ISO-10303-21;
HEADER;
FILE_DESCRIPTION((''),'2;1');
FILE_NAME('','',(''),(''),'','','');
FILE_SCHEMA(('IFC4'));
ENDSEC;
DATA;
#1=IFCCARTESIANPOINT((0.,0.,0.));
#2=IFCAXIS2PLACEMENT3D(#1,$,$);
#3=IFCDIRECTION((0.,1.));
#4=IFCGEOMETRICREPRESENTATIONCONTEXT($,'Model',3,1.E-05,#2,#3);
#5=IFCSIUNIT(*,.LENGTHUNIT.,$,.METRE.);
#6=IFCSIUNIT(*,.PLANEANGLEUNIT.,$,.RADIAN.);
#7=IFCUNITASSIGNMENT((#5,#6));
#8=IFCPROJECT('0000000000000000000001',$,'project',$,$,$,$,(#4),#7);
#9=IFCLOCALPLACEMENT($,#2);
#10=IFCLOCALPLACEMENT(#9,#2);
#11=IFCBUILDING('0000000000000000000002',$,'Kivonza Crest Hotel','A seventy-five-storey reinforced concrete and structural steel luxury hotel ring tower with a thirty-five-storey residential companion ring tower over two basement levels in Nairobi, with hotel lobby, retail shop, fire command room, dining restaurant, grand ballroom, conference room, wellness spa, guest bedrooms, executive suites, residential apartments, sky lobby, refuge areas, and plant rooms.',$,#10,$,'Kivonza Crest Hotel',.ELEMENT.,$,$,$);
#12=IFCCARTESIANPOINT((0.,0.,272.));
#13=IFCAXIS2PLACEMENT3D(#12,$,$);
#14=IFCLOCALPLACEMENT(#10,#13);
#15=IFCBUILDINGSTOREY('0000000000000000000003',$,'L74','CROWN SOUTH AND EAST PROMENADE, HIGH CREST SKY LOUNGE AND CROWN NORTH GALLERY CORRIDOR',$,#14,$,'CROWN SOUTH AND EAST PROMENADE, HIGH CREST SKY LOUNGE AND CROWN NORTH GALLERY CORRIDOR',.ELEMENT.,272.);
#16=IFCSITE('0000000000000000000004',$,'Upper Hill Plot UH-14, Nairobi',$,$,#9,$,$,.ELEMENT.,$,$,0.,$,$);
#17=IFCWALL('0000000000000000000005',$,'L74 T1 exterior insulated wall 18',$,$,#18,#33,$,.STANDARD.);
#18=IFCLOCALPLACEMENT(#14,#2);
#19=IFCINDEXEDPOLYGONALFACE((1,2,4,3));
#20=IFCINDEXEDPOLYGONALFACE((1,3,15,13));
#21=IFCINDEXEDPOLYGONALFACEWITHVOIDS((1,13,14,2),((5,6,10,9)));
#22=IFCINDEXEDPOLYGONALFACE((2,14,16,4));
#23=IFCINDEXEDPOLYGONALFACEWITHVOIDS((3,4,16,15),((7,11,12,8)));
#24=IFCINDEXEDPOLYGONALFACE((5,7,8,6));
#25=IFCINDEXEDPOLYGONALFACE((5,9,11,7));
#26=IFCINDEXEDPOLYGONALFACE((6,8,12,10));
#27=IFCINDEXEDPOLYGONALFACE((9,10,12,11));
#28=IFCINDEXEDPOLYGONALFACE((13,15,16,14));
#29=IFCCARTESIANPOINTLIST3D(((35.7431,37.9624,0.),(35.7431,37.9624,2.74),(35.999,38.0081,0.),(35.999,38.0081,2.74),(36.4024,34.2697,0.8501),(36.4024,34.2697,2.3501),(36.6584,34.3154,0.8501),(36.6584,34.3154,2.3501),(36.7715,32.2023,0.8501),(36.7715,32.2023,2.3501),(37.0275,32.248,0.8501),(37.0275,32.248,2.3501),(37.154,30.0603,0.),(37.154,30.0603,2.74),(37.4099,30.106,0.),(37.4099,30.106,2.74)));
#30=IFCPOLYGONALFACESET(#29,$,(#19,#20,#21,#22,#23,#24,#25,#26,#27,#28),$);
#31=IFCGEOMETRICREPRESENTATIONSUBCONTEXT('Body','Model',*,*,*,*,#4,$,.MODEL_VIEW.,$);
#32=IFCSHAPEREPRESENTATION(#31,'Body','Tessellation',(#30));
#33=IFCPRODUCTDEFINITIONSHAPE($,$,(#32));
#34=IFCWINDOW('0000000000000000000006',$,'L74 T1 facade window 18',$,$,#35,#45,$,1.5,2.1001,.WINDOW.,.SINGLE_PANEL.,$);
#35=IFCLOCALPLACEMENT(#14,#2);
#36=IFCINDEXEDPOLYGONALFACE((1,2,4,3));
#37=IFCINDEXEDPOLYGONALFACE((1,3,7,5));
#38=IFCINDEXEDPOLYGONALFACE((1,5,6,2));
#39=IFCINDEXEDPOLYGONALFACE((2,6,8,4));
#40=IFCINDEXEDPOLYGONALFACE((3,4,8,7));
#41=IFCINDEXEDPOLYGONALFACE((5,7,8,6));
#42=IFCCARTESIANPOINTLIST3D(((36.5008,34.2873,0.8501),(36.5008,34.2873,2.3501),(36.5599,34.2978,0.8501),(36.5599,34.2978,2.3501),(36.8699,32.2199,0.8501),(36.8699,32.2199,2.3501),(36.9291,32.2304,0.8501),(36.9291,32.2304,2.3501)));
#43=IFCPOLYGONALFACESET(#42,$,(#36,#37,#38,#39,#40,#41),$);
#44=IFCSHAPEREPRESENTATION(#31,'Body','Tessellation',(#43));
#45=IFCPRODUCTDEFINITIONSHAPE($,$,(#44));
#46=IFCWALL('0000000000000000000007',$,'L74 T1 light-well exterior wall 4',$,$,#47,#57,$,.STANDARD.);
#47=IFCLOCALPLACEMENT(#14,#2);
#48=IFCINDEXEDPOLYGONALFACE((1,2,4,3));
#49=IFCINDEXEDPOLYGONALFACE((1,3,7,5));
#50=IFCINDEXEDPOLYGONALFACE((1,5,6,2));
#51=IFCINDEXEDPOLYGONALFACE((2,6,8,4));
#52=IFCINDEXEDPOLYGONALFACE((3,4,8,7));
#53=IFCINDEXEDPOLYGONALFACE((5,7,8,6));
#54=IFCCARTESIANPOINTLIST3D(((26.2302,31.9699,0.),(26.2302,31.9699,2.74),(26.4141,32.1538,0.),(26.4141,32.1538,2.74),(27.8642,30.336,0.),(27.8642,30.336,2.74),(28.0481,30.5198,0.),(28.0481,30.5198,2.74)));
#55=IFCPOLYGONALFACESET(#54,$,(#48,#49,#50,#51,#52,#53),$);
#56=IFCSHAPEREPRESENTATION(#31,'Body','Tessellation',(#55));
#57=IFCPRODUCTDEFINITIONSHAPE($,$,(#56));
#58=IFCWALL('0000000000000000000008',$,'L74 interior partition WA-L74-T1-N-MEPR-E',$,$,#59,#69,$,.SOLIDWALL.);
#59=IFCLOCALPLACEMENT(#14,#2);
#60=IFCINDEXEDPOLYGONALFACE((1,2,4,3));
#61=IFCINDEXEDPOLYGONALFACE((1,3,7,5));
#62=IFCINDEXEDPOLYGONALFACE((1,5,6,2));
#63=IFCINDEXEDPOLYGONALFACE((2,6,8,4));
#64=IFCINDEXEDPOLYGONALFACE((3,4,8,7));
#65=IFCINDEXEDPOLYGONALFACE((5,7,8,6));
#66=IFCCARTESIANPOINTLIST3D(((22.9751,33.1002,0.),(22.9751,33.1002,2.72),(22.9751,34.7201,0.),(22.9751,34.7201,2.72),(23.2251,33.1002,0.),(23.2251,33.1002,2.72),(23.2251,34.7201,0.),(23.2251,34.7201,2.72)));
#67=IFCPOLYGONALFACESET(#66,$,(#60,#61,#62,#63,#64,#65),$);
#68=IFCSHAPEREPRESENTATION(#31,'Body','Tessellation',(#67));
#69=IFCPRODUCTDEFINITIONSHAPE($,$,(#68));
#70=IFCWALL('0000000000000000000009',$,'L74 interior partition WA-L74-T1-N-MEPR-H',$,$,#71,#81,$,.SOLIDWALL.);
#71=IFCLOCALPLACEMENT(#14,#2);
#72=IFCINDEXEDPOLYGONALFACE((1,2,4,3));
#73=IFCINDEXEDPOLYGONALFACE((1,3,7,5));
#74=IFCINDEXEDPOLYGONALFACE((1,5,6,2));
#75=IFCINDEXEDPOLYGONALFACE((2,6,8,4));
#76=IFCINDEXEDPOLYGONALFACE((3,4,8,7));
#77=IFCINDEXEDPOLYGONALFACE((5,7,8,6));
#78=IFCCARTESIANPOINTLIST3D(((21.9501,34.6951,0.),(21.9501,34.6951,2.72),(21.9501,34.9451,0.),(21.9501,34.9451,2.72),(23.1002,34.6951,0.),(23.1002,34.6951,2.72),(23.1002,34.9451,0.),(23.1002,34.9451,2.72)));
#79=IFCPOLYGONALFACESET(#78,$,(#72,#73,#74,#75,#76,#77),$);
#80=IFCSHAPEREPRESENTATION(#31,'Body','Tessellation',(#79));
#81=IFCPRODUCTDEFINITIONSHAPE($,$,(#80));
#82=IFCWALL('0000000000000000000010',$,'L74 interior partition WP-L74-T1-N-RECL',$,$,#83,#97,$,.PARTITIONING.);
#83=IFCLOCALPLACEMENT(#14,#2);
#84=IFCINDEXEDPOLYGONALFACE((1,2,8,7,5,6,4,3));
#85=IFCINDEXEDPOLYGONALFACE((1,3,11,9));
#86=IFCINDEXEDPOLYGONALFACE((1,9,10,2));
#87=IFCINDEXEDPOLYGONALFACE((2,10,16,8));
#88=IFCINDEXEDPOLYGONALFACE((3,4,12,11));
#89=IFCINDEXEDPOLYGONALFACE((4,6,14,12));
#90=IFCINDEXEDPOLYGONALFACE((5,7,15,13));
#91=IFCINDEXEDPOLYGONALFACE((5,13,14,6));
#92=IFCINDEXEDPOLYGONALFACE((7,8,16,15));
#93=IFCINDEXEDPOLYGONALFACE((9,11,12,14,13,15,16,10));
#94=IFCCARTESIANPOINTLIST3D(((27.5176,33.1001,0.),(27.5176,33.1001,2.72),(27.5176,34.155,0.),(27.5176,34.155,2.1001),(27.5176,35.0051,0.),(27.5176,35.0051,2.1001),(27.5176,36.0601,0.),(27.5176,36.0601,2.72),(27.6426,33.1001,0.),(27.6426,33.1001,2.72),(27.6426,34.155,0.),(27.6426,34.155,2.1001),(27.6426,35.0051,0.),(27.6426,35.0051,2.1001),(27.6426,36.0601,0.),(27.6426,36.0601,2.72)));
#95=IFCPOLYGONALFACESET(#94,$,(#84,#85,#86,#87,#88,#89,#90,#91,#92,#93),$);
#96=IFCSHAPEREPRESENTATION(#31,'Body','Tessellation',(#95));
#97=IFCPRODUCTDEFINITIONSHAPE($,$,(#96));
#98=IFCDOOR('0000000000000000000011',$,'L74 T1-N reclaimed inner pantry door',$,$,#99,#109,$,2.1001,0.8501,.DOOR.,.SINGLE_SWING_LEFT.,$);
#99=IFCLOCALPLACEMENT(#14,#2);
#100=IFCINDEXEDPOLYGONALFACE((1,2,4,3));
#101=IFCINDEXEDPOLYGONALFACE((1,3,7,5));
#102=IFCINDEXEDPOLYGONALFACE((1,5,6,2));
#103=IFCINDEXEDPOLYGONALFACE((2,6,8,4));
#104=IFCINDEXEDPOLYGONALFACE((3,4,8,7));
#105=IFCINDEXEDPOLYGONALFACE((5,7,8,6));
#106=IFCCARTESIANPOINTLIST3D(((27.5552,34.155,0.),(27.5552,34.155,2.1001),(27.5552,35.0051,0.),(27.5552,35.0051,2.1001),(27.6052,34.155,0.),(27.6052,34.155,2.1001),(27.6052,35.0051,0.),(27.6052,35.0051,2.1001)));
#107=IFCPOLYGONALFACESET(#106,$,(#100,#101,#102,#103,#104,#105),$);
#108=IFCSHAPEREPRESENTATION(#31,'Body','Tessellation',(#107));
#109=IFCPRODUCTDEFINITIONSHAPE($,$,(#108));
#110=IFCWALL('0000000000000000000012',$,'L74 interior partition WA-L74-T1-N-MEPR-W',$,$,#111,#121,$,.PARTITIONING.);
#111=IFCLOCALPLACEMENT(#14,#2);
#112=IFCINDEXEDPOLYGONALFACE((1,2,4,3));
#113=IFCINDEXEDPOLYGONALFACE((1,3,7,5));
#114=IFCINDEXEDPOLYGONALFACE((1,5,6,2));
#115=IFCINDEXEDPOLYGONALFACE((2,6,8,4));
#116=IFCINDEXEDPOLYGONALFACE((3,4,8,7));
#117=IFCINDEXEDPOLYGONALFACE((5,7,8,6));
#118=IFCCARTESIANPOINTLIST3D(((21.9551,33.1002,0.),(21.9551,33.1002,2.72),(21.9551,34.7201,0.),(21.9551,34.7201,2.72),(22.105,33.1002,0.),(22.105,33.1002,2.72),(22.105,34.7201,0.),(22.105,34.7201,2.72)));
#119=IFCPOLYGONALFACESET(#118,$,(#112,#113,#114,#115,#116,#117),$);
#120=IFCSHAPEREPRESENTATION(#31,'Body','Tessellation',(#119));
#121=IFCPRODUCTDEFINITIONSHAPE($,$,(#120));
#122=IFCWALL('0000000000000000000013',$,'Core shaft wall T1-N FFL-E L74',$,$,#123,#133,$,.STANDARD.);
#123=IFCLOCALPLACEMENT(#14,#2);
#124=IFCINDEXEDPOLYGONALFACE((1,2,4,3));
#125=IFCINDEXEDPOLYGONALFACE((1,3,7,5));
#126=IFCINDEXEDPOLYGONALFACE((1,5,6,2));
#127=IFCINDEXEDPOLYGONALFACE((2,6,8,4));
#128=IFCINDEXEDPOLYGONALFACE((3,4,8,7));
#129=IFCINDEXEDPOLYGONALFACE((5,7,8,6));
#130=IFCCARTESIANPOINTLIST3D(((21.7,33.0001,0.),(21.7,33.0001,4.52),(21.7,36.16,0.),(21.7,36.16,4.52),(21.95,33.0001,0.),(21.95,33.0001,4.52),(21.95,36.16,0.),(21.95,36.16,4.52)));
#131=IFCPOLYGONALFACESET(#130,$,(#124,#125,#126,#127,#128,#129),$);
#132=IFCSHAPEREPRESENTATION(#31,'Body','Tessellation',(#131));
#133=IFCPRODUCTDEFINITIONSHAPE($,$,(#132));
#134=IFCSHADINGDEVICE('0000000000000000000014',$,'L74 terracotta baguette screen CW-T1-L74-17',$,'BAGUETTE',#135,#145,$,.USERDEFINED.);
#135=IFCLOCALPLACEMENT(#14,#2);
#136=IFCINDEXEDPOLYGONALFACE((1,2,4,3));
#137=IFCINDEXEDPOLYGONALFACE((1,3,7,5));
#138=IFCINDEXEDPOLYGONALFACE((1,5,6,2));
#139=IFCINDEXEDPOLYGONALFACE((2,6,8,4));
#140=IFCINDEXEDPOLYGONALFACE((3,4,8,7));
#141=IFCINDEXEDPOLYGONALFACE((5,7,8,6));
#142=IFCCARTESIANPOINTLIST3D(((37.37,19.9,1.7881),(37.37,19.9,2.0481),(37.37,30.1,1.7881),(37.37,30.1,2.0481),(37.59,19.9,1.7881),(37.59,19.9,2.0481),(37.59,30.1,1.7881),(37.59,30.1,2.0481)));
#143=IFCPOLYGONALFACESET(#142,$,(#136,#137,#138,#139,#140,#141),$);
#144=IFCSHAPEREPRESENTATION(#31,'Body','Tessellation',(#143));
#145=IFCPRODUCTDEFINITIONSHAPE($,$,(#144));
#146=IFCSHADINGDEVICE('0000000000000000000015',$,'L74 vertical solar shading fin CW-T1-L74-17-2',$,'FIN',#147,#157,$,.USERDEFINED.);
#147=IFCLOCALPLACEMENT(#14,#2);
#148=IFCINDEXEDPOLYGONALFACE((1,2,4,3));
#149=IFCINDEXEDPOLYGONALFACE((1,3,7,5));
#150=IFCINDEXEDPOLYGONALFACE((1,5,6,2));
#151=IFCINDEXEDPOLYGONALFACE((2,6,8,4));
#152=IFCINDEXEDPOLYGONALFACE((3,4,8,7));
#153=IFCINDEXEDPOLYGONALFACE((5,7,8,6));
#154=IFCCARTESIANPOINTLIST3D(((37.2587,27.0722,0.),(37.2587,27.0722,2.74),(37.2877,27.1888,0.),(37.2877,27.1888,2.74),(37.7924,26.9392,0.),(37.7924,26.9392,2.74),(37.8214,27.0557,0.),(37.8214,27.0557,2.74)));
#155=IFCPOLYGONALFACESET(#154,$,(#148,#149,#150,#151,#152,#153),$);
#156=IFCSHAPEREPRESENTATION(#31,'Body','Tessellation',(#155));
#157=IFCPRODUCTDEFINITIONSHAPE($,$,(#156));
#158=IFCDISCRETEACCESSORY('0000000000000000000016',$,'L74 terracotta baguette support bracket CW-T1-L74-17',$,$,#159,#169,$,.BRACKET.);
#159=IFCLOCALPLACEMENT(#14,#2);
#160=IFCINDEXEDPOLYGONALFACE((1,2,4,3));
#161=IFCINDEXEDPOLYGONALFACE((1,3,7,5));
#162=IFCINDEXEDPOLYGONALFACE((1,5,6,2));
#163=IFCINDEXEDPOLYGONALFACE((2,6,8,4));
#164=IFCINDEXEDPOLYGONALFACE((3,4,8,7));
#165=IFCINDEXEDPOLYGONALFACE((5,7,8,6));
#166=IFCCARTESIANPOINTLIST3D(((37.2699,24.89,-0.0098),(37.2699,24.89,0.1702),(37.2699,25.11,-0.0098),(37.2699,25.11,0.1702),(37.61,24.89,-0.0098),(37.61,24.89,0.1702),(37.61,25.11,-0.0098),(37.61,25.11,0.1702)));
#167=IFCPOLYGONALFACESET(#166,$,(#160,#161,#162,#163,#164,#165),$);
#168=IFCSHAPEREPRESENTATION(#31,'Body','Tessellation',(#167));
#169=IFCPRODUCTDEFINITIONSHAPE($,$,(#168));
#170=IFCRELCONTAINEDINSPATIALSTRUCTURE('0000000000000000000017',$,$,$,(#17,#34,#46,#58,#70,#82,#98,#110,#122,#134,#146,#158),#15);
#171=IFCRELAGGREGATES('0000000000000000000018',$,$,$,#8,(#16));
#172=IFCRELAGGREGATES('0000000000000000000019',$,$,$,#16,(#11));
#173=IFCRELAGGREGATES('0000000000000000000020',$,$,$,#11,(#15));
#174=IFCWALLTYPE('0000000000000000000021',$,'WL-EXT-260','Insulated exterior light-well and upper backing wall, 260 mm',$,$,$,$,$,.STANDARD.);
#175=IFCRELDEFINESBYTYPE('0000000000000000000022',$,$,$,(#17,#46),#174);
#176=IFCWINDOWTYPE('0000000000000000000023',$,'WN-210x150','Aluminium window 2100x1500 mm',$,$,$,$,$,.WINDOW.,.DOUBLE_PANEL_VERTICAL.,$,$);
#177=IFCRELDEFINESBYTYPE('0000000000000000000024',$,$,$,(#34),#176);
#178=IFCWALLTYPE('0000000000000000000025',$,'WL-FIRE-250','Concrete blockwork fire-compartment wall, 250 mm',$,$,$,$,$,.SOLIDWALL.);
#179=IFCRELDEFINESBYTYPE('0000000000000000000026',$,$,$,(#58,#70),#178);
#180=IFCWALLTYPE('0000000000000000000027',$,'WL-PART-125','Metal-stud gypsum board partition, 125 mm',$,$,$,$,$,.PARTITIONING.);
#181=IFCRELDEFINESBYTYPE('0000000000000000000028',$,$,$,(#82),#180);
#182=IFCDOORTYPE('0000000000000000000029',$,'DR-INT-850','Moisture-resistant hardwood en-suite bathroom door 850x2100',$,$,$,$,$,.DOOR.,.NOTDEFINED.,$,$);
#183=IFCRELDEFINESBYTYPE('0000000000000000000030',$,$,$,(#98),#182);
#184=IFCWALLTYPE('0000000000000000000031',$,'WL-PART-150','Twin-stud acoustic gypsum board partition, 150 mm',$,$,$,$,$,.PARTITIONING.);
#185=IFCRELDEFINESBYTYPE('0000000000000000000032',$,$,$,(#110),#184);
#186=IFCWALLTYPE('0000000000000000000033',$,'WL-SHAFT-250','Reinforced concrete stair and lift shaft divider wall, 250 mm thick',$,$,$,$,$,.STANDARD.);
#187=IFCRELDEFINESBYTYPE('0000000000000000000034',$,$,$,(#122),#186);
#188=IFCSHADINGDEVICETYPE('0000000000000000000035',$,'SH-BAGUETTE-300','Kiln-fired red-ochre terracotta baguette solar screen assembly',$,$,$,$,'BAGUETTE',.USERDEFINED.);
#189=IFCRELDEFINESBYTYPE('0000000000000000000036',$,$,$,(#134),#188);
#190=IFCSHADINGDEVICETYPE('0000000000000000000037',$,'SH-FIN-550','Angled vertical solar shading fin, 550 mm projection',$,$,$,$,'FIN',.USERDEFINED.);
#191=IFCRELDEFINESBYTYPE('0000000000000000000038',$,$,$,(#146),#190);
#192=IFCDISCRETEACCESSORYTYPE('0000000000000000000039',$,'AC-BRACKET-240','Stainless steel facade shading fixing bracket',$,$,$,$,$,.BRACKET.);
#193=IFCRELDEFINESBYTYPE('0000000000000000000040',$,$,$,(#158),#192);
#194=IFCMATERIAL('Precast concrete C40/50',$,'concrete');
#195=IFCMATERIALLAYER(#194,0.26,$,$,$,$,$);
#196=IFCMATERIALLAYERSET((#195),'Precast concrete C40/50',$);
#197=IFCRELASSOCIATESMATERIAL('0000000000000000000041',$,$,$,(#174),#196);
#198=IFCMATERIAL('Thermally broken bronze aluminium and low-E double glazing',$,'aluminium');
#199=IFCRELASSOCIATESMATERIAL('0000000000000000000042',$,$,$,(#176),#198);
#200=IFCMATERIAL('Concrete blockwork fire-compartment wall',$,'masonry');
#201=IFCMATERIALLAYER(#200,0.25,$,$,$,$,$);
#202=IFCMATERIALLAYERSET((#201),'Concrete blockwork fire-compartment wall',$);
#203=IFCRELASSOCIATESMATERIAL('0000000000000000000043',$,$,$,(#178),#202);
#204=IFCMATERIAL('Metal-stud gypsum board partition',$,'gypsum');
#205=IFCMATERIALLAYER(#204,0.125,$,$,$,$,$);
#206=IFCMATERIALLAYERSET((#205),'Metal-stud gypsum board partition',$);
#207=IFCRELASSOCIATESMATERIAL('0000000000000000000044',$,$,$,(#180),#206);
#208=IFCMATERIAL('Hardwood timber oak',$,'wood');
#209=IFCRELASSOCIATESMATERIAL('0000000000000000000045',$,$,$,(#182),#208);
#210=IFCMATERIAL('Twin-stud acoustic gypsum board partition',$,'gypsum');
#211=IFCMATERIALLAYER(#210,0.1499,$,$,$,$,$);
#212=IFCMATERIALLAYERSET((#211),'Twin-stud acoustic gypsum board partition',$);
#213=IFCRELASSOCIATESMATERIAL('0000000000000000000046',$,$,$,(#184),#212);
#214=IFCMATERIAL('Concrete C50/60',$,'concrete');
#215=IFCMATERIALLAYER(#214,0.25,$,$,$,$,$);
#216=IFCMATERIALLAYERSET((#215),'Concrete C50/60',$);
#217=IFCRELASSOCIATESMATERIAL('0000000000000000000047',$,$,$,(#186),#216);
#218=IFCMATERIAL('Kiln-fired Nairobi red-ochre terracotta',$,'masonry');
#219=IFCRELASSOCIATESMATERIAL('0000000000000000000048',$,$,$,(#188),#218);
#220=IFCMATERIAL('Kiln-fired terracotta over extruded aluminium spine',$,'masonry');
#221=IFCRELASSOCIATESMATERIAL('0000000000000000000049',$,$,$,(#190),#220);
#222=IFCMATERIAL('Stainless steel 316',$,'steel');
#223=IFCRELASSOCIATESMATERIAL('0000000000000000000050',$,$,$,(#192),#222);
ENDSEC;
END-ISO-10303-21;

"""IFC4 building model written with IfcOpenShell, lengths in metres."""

from ifc_helpers import new_model, si_unit, direction, frame, frame_2d, origin, origin_2d, place, context, subcontext, project, spatial, rectangle, extrude, material, layer, layer_set, type_object, element, fill, save


model = new_model("IFC4")

# Units and contexts
model_context = context("Model", 3, precision=1e-05, world=origin(), true_north=direction((0.0, 1.0)))
body_context = subcontext(model_context, "Body", "Model", "MODEL_VIEW")
ifc_project = project(units=[si_unit("LENGTHUNIT", "METRE"), si_unit("PLANEANGLEUNIT", "RADIAN")], contexts=[model_context])

# Site, building, storey
site_placement = place(None, origin())
site = spatial("IfcSite", under=ifc_project, at=site_placement, Name="Upper Hill Plot UH-14, Nairobi", CompositionType="ELEMENT", RefElevation=0.0)
building_placement = place(site_placement, origin())
building = spatial("IfcBuilding", under=site, at=building_placement, Name="Kivonza Crest Hotel", Description="A seventy-five-storey reinforced concrete and structural steel luxury hotel ring tower with a thirty-five-storey residential companion ring tower over two basement levels in Nairobi, with hotel lobby, retail shop, fire command room, dining restaurant, grand ballroom, conference room, wellness spa, guest bedrooms, executive suites, residential apartments, sky lobby, refuge areas, and plant rooms.", LongName="Kivonza Crest Hotel", CompositionType="ELEMENT")
storey_placement = place(building_placement, frame((0.0, 0.0, 272.0)))
storey = spatial("IfcBuildingStorey", under=building, at=storey_placement, Name="L74", Description="CROWN SOUTH AND EAST PROMENADE, HIGH CREST SKY LOUNGE AND CROWN NORTH GALLERY CORRIDOR", LongName="CROWN SOUTH AND EAST PROMENADE, HIGH CREST SKY LOUNGE AND CROWN NORTH GALLERY CORRIDOR", CompositionType="ELEMENT", Elevation=272.0)

# Shared definitions
ifc_material_1 = material(Name="Concrete C50/60", Category="concrete")

# Wall, opening, window
ifc_material_2 = material(Name="Precast concrete C40/50", Category="concrete")
ifc_layer_1 = layer(ifc_material_2, 0.26)
ifc_layer_set_1 = layer_set([ifc_layer_1], Name="Precast concrete C40/50")
wall_type_1 = type_object("IfcWallType", Name="WL-EXT-260", Description="Insulated exterior light-well and upper backing wall, 260 mm", PredefinedType="STANDARD", material=ifc_layer_set_1)
wall_1_placement = place(storey_placement, frame((37.282, 30.083, 0.0), z_axis=(0.0, 0.0, 1.0), x_axis=(-0.175766, 0.984432, 0.0)))
wall_1 = element("IfcWall", 1, at=wall_1_placement, inside=storey, type_object=wall_type_1, Name="L74 T1 exterior insulated wall 18", PredefinedType="STANDARD", context=body_context, shape_type="SweptSolid", body=[
    extrude(rectangle(XDim=8.0271, YDim=0.26, at=frame_2d((4.0137, 0.0))), origin(), (0.0, 0.0, 1.0), 2.74),
])
opening_1_placement = place(wall_1_placement, frame((2.176, 0.0, 0.8501)))
opening_1 = element("IfcOpeningElement", 2, at=opening_1_placement, cuts=wall_1, PredefinedType="OPENING", context=body_context, shape_type="SweptSolid", body=[
    extrude(rectangle(XDim=2.1001, YDim=1.5, at=frame_2d((1.05, 0.75))), frame((0.0, 0.1401, 0.0), z_axis=(0.0, -1.0, 0.0), x_axis=(1.0, 0.0, 0.0)), (0.0, 0.0, 1.0), 0.28),
])
ifc_material_3 = material(Name="Thermally broken bronze aluminium and low-E double glazing", Category="aluminium")
window_type = type_object("IfcWindowType", Name="WN-210x150", Description="Aluminium window 2100x1500 mm", PartitioningType="DOUBLE_PANEL_VERTICAL", PredefinedType="WINDOW", material=ifc_material_3)
window_placement = place(opening_1_placement, origin())
window = element("IfcWindow", 3, at=window_placement, inside=storey, type_object=window_type, Name="L74 T1 facade window 18", OverallHeight=1.5, OverallWidth=2.1001, PartitioningType="SINGLE_PANEL", PredefinedType="WINDOW", context=body_context, shape_type="SweptSolid", body=[
    extrude(rectangle(XDim=2.1001, YDim=1.5, at=frame_2d((1.05, 0.75))), frame((0.0, 0.03, 0.0), z_axis=(0.0, -1.0, 0.0), x_axis=(1.0, 0.0, 0.0)), (0.0, 0.0, 1.0), 0.0601),
])
fill(opening_1, window)

# Walls
wall_2_placement = place(storey_placement, frame((27.9561, 30.428, 0.0), z_axis=(0.0, 0.0, 1.0), x_axis=(-0.707107, 0.707107, 0.0)))
element("IfcWall", 4, at=wall_2_placement, inside=storey, type_object=wall_type_1, Name="L74 T1 light-well exterior wall 4", PredefinedType="STANDARD", context=body_context, shape_type="SweptSolid", body=[
    extrude(rectangle(XDim=2.3108, YDim=0.26, at=frame_2d((1.1553, 0.0))), origin(), (0.0, 0.0, 1.0), 2.74),
])
ifc_material_4 = material(Name="Concrete blockwork fire-compartment wall", Category="masonry")
ifc_layer_2 = layer(ifc_material_4, 0.25)
ifc_layer_set_2 = layer_set([ifc_layer_2], Name="Concrete blockwork fire-compartment wall")
wall_type_2 = type_object("IfcWallType", Name="WL-FIRE-250", Description="Concrete blockwork fire-compartment wall, 250 mm", PredefinedType="SOLIDWALL", material=ifc_layer_set_2)
wall_3_placement = place(storey_placement, frame((23.1001, 33.1001, 0.0), z_axis=(0.0, 0.0, 1.0), x_axis=(0.0, 1.0, 0.0)))
element("IfcWall", 5, at=wall_3_placement, inside=storey, type_object=wall_type_2, Name="L74 interior partition WA-L74-T1-N-MEPR-E", PredefinedType="SOLIDWALL", context=body_context, shape_type="SweptSolid", body=[
    extrude(rectangle(XDim=1.6199, YDim=0.25, at=frame_2d((0.8101, 0.0))), origin(), (0.0, 0.0, 1.0), 2.72),
])
wall_4_placement = place(storey_placement, frame((21.95, 34.8201, 0.0), z_axis=(0.0, 0.0, 1.0), x_axis=(1.0, 0.0, 0.0)))
element("IfcWall", 6, at=wall_4_placement, inside=storey, type_object=wall_type_2, Name="L74 interior partition WA-L74-T1-N-MEPR-H", PredefinedType="SOLIDWALL", context=body_context, shape_type="SweptSolid", body=[
    extrude(rectangle(XDim=1.1501, YDim=0.25, at=frame_2d((0.5752, 0.0))), origin(), (0.0, 0.0, 1.0), 2.72),
])

# Wall, opening, door
ifc_material_5 = material(Name="Metal-stud gypsum board partition", Category="gypsum")
ifc_layer_3 = layer(ifc_material_5, 0.125)
ifc_layer_set_3 = layer_set([ifc_layer_3], Name="Metal-stud gypsum board partition")
wall_type_3 = type_object("IfcWallType", Name="WL-PART-125", Description="Metal-stud gypsum board partition, 125 mm", PredefinedType="PARTITIONING", material=ifc_layer_set_3)
wall_5_placement = place(storey_placement, frame((27.5801, 33.1001, 0.0), z_axis=(0.0, 0.0, 1.0), x_axis=(0.0, 1.0, 0.0)))
wall_5 = element("IfcWall", 7, at=wall_5_placement, inside=storey, type_object=wall_type_3, Name="L74 interior partition WP-L74-T1-N-RECL", PredefinedType="PARTITIONING", context=body_context, shape_type="SweptSolid", body=[
    extrude(rectangle(XDim=2.96, YDim=0.125, at=frame_2d((1.48, 0.0))), origin(), (0.0, 0.0, 1.0), 2.72),
])
opening_2_placement = place(wall_5_placement, frame((1.0549, 0.0, 0.0)))
opening_2 = element("IfcOpeningElement", 8, at=opening_2_placement, cuts=wall_5, PredefinedType="OPENING", context=body_context, shape_type="SweptSolid", body=[
    extrude(rectangle(XDim=0.8501, YDim=2.1001, at=frame_2d((0.425, 1.05))), frame((0.0, 0.0725, 0.0), z_axis=(0.0, -1.0, 0.0), x_axis=(1.0, 0.0, 0.0)), (0.0, 0.0, 1.0), 0.145),
])
ifc_material_6 = material(Name="Hardwood timber oak", Category="wood")
door_type = type_object("IfcDoorType", Name="DR-INT-850", Description="Moisture-resistant hardwood en-suite bathroom door 850x2100", OperationType="NOTDEFINED", PredefinedType="DOOR", material=ifc_material_6)
door_placement = place(opening_2_placement, origin())
door = element("IfcDoor", 9, at=door_placement, inside=storey, type_object=door_type, Name="L74 T1-N reclaimed inner pantry door", OperationType="SINGLE_SWING_LEFT", OverallHeight=2.1001, OverallWidth=0.8501, PredefinedType="DOOR", context=body_context, shape_type="SweptSolid", body=[
    extrude(rectangle(XDim=0.8501, YDim=2.1001, at=frame_2d((0.425, 1.05))), frame((0.0, 0.0249, 0.0), z_axis=(0.0, -1.0, 0.0), x_axis=(1.0, 0.0, 0.0)), (0.0, 0.0, 1.0), 0.05),
])
fill(opening_2, door)

# Walls
ifc_material_7 = material(Name="Twin-stud acoustic gypsum board partition", Category="gypsum")
ifc_layer_4 = layer(ifc_material_7, 0.1499)
ifc_layer_set_4 = layer_set([ifc_layer_4], Name="Twin-stud acoustic gypsum board partition")
wall_type_4 = type_object("IfcWallType", Name="WL-PART-150", Description="Twin-stud acoustic gypsum board partition, 150 mm", PredefinedType="PARTITIONING", material=ifc_layer_set_4)
wall_6_placement = place(storey_placement, frame((22.03, 33.1001, 0.0), z_axis=(0.0, 0.0, 1.0), x_axis=(0.0, 1.0, 0.0)))
element("IfcWall", 10, at=wall_6_placement, inside=storey, type_object=wall_type_4, Name="L74 interior partition WA-L74-T1-N-MEPR-W", PredefinedType="PARTITIONING", context=body_context, shape_type="SweptSolid", body=[
    extrude(rectangle(XDim=1.6199, YDim=0.1499, at=frame_2d((0.8101, 0.0))), origin(), (0.0, 0.0, 1.0), 2.72),
])
ifc_layer_5 = layer(ifc_material_1, 0.25)
ifc_layer_set_5 = layer_set([ifc_layer_5], Name="Concrete C50/60")
wall_type_5 = type_object("IfcWallType", Name="WL-SHAFT-250", Description="Reinforced concrete stair and lift shaft divider wall, 250 mm thick", PredefinedType="STANDARD", material=ifc_layer_set_5)
wall_7_placement = place(storey_placement, frame((21.825, 33.0, 0.0), z_axis=(0.0, 0.0, 1.0), x_axis=(0.0, 1.0, 0.0)))
element("IfcWall", 11, at=wall_7_placement, inside=storey, type_object=wall_type_5, Name="Core shaft wall T1-N FFL-E L74", PredefinedType="STANDARD", context=body_context, shape_type="SweptSolid", body=[
    extrude(rectangle(XDim=3.1599, YDim=0.25, at=frame_2d((1.5801, 0.0))), origin(), (0.0, 0.0, 1.0), 4.52),
])

# Shading devices
ifc_material_8 = material(Name="Kiln-fired Nairobi red-ochre terracotta", Category="masonry")
shading_device_type_1 = type_object("IfcShadingDeviceType", Name="SH-BAGUETTE-300", Description="Kiln-fired red-ochre terracotta baguette solar screen assembly", ElementType="BAGUETTE", PredefinedType="USERDEFINED", material=ifc_material_8)
shading_device_1_placement = place(storey_placement, frame((37.48, 25.0, 1.7881), z_axis=(0.0, 0.0, 1.0), x_axis=(0.0, 1.0, 0.0)))
element("IfcShadingDevice", 12, at=shading_device_1_placement, inside=storey, type_object=shading_device_type_1, Name="L74 terracotta baguette screen CW-T1-L74-17", ObjectType="BAGUETTE", PredefinedType="USERDEFINED", context=body_context, shape_type="SweptSolid", body=[
    extrude(rectangle(XDim=10.2, YDim=0.22, at=origin_2d()), origin(), (0.0, 0.0, 1.0), 0.26),
])
ifc_material_9 = material(Name="Kiln-fired terracotta over extruded aluminium spine", Category="masonry")
shading_device_type_2 = type_object("IfcShadingDeviceType", Name="SH-FIN-550", Description="Angled vertical solar shading fin, 550 mm projection", ElementType="FIN", PredefinedType="USERDEFINED", material=ifc_material_9)
shading_device_2_placement = place(storey_placement, frame((37.54, 27.064, 0.0), z_axis=(0.0, 0.0, 1.0), x_axis=(0.241922, 0.970296, 0.0)))
element("IfcShadingDevice", 13, at=shading_device_2_placement, inside=storey, type_object=shading_device_type_2, Name="L74 vertical solar shading fin CW-T1-L74-17-2", ObjectType="FIN", PredefinedType="USERDEFINED", context=body_context, shape_type="SweptSolid", body=[
    extrude(rectangle(XDim=0.1201, YDim=0.55, at=origin_2d()), origin(), (0.0, 0.0, 1.0), 2.74),
])

# Discrete accessory
ifc_material_10 = material(Name="Stainless steel 316", Category="steel")
discrete_accessory_type = type_object("IfcDiscreteAccessoryType", Name="AC-BRACKET-240", Description="Stainless steel facade shading fixing bracket", PredefinedType="BRACKET", material=ifc_material_10)
discrete_accessory_placement = place(storey_placement, frame((37.4399, 25.0, -0.0098), z_axis=(0.0, 0.0, 1.0), x_axis=(0.0, 1.0, 0.0)))
element("IfcDiscreteAccessory", 14, at=discrete_accessory_placement, inside=storey, type_object=discrete_accessory_type, Name="L74 terracotta baguette support bracket CW-T1-L74-17", PredefinedType="BRACKET", context=body_context, shape_type="SweptSolid", body=[
    extrude(rectangle(XDim=0.22, YDim=0.3401, at=origin_2d()), origin(), (0.0, 0.0, 1.0), 0.1799),
])

save(model, "model.ifc")
